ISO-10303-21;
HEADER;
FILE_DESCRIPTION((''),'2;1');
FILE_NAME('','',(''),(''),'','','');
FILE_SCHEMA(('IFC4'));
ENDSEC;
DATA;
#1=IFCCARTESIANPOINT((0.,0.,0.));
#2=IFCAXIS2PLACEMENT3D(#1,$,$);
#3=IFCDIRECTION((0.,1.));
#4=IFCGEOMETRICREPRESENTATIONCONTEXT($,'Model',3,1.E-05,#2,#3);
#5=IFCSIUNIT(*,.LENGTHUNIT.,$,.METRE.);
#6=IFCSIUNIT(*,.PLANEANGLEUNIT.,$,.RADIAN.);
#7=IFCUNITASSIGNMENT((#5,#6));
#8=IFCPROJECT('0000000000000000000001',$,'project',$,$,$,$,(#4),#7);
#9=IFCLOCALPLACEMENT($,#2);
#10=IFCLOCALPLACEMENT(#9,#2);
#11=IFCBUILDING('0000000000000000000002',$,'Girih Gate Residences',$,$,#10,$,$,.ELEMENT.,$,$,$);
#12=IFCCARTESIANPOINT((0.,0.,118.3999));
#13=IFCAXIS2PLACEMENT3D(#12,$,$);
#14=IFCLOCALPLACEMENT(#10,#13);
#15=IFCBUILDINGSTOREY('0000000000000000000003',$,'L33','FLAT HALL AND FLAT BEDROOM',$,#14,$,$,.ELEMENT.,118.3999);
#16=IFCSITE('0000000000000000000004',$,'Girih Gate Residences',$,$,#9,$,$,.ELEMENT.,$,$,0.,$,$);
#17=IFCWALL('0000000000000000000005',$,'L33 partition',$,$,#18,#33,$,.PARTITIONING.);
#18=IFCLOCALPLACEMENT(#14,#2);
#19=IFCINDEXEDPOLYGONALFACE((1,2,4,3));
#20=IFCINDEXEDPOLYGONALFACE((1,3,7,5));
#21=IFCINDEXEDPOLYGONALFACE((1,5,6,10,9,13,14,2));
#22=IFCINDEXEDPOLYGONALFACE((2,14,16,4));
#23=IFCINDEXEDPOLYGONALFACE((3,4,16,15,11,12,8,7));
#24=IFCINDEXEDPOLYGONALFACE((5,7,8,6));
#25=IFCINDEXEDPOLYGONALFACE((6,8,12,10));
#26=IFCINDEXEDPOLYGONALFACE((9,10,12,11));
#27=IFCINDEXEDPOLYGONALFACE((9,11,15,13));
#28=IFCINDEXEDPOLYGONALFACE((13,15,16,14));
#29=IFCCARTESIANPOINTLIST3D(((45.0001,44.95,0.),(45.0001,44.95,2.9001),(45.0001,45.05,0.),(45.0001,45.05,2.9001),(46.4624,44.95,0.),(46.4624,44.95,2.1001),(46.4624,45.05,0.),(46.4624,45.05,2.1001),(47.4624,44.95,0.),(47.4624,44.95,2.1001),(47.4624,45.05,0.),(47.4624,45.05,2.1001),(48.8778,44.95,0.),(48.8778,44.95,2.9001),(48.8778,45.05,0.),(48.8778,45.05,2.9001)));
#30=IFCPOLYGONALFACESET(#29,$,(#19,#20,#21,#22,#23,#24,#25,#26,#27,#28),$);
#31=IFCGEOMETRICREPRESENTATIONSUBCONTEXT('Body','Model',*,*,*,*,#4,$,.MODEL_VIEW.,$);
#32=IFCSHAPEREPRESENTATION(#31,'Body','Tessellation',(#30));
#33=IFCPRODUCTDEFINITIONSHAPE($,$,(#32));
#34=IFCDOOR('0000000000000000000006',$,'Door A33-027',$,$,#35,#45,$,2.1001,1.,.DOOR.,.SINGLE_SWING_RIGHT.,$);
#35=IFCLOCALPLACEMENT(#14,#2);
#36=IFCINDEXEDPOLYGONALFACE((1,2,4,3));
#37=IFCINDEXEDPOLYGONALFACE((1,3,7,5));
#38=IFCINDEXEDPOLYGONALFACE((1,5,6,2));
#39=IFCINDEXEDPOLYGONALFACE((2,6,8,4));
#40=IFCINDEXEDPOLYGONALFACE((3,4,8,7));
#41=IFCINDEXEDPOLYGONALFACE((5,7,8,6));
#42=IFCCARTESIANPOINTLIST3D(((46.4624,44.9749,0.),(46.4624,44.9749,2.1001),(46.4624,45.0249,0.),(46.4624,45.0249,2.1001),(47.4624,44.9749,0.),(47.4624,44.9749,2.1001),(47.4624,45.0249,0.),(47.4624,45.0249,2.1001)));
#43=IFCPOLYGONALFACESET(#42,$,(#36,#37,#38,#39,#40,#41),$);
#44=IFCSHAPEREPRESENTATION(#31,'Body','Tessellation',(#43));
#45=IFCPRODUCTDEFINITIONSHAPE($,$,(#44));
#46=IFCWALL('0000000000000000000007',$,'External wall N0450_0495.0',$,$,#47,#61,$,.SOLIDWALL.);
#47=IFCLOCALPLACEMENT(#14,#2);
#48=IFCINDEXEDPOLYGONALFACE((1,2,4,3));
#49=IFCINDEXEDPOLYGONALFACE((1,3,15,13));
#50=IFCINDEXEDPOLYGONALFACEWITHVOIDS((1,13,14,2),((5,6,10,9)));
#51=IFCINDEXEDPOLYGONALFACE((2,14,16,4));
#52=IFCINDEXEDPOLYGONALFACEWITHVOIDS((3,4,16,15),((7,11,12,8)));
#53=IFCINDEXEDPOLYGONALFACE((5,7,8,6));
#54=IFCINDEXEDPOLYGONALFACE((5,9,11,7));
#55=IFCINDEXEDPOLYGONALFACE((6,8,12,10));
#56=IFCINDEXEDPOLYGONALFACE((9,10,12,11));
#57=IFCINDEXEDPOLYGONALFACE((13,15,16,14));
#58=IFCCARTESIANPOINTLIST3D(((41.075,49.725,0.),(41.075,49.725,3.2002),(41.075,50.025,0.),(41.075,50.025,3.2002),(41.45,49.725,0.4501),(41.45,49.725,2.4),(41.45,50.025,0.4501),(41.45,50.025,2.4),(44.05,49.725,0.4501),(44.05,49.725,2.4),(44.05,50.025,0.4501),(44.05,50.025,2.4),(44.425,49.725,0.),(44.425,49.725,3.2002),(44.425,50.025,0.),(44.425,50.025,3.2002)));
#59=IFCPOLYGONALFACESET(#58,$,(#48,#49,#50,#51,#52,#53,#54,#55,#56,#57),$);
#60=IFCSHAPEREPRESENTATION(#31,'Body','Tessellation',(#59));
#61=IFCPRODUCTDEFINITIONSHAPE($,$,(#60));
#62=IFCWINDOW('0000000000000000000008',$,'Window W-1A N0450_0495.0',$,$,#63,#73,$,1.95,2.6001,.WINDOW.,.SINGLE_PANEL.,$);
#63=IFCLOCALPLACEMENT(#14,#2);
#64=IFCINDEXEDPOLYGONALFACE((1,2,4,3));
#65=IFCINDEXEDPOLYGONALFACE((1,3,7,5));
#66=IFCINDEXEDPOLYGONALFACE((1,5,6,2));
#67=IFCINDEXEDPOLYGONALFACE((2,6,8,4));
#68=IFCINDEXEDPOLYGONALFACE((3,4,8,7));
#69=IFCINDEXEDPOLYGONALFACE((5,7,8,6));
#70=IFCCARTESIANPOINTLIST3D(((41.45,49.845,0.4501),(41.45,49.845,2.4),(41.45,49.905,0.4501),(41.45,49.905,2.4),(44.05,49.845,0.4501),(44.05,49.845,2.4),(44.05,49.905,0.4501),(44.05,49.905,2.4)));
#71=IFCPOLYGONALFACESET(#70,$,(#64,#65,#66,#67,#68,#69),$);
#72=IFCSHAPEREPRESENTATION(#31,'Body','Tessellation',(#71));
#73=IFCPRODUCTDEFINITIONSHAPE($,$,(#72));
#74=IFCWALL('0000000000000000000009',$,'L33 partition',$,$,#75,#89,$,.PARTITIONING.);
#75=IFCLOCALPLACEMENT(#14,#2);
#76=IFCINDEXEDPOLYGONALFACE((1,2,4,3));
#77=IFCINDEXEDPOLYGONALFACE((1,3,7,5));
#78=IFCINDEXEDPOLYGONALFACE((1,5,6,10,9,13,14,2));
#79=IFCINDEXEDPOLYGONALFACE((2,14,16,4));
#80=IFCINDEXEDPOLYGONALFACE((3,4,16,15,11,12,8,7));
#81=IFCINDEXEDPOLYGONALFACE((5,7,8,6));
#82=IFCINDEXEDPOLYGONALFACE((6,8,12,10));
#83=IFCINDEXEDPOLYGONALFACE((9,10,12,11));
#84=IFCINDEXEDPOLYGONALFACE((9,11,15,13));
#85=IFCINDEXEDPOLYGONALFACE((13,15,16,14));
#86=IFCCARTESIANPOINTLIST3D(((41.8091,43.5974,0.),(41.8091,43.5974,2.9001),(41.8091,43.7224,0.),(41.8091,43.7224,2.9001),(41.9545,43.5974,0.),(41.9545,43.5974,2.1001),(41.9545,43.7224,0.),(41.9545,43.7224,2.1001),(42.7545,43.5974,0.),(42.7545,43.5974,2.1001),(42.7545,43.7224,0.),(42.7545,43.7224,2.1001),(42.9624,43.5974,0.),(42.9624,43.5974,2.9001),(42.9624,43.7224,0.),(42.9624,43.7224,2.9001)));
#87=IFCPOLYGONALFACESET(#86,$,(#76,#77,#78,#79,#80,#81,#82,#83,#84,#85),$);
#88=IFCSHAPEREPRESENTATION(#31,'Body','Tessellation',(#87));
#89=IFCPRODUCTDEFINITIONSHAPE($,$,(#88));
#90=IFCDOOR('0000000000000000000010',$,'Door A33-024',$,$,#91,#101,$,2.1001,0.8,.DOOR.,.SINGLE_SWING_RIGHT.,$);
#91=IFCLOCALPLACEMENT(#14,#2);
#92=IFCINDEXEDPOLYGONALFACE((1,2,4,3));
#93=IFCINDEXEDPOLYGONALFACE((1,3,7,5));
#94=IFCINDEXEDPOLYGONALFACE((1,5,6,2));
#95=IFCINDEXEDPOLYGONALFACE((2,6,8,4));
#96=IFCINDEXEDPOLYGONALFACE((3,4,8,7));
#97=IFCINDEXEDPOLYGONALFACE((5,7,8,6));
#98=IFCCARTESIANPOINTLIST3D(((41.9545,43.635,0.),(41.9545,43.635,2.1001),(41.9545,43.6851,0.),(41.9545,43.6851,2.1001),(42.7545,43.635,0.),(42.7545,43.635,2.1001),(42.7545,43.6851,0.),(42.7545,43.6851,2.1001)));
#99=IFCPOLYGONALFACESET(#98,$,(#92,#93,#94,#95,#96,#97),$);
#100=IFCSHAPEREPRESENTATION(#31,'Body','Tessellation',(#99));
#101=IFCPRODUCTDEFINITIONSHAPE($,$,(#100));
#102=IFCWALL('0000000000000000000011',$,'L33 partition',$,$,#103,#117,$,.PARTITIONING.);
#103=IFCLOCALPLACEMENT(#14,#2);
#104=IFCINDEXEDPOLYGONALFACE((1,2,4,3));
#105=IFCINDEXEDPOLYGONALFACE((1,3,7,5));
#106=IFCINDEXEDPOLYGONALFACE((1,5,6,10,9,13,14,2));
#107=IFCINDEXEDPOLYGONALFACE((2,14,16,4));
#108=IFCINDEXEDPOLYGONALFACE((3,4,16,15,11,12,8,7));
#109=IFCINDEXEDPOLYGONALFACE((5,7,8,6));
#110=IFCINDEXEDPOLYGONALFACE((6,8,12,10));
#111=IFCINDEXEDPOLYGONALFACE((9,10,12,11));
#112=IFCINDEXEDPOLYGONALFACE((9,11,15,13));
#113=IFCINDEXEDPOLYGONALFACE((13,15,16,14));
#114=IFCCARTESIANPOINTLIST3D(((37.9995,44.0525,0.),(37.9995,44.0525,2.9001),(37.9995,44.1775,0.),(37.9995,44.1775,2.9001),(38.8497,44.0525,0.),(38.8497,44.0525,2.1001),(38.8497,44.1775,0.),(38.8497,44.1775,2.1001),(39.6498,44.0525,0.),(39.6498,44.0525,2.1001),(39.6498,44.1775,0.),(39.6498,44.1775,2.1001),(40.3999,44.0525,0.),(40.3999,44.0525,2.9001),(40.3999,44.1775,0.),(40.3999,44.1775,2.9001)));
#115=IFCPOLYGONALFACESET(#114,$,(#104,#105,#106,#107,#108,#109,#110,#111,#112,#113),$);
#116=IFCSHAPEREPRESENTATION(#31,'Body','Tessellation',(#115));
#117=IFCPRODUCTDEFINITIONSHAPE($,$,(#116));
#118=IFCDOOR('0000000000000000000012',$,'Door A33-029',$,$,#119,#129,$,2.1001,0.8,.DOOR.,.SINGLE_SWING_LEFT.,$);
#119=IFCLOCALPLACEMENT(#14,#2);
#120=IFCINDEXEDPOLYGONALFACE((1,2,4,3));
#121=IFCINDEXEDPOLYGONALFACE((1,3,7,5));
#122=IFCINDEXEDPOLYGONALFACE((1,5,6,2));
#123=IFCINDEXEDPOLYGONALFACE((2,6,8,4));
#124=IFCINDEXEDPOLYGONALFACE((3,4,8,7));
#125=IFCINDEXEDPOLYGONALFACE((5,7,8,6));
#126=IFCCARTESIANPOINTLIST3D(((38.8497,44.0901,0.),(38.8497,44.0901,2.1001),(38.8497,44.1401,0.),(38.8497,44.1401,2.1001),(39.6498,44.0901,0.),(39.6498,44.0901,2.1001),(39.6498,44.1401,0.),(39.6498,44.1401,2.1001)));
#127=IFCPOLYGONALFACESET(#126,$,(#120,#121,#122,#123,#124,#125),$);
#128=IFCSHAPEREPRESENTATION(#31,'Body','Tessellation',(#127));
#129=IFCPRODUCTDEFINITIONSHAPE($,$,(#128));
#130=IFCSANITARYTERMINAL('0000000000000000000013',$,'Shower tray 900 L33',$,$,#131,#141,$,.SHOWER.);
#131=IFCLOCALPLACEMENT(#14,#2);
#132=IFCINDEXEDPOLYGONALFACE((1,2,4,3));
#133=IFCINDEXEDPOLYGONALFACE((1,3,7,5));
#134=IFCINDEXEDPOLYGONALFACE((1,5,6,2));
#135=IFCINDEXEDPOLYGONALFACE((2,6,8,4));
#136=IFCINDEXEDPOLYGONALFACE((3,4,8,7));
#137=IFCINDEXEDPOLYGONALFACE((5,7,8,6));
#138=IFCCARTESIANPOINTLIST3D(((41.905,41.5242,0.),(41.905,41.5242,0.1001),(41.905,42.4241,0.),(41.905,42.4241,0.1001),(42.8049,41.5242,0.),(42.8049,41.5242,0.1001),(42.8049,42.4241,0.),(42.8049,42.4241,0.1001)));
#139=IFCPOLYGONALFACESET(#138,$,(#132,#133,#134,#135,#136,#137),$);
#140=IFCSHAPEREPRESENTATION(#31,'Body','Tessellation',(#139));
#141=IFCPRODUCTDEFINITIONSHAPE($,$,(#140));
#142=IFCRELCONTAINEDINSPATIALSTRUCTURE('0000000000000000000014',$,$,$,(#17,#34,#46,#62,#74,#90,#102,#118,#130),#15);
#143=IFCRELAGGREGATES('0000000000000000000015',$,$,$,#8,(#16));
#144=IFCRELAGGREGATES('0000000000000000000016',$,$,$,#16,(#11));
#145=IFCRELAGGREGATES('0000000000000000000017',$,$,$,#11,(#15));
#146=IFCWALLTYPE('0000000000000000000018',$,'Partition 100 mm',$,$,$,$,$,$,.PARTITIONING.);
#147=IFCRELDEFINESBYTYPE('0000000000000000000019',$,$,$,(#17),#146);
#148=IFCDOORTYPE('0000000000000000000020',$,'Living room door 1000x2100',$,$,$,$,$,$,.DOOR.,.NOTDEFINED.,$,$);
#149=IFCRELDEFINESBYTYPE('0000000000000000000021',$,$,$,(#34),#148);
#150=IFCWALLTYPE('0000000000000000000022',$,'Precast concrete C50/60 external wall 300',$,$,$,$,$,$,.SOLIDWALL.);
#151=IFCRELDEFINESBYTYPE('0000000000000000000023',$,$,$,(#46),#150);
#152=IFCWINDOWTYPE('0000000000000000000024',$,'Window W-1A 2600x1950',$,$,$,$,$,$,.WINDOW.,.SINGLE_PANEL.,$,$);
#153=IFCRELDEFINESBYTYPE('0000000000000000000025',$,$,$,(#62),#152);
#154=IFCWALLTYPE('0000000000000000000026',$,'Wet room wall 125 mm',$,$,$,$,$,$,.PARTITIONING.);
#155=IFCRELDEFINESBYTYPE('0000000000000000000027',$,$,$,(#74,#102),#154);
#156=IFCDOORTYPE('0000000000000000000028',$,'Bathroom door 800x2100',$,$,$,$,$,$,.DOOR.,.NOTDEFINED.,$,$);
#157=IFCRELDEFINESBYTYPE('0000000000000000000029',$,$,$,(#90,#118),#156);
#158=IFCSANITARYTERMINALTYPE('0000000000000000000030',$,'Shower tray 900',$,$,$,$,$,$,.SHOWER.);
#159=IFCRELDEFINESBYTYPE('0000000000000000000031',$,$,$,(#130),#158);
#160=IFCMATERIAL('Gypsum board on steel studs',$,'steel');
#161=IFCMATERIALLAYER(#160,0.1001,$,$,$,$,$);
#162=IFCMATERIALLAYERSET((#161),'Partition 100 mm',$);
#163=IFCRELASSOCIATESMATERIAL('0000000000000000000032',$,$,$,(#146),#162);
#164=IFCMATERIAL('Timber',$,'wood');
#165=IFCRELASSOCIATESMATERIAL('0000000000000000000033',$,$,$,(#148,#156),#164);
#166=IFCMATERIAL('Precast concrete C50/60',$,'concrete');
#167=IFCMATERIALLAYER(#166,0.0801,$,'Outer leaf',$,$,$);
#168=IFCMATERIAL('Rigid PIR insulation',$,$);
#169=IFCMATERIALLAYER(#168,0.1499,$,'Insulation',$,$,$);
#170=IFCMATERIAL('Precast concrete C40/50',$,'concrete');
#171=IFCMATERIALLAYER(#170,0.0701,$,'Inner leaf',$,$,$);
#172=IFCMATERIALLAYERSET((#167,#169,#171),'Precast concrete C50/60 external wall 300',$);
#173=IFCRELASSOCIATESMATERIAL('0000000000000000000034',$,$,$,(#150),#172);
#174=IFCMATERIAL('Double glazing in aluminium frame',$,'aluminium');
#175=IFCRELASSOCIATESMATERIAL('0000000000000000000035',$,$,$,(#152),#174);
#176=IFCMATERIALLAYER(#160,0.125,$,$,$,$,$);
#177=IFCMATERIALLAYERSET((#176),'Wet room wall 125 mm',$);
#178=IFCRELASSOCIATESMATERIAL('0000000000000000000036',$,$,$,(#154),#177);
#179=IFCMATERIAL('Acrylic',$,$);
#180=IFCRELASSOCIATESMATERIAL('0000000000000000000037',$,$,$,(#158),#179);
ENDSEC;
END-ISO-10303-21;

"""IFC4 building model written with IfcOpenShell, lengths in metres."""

from ifc_helpers import new_model, si_unit, direction, frame, frame_2d, origin, origin_2d, place, context, subcontext, project, spatial, rectangle, extrude, material, layer, layer_set, type_object, element, fill, save


model = new_model("IFC4")

# Units and contexts
model_context = context("Model", 3, precision=1e-05, world=origin(), true_north=direction((0.0, 1.0)))
body_context = subcontext(model_context, "Body", "Model", "MODEL_VIEW")
ifc_project = project(units=[si_unit("LENGTHUNIT", "METRE"), si_unit("PLANEANGLEUNIT", "RADIAN")], contexts=[model_context])

# Site, building, storey
site_placement = place(None, origin())
site = spatial("IfcSite", under=ifc_project, at=site_placement, Name="Girih Gate Residences", CompositionType="ELEMENT", RefElevation=0.0)
building_placement = place(site_placement, origin())
building = spatial("IfcBuilding", under=site, at=building_placement, Name="Girih Gate Residences", CompositionType="ELEMENT")
storey_placement = place(building_placement, frame((0.0, 0.0, 118.3999)))
storey = spatial("IfcBuildingStorey", under=building, at=storey_placement, Name="L33", Description="FLAT HALL AND FLAT BEDROOM", CompositionType="ELEMENT", Elevation=118.3999)

# Shared definitions
ifc_material_1 = material(Name="Gypsum board on steel studs", Category="steel")
ifc_layer_1 = layer(ifc_material_1, 0.1001)
ifc_layer_set_1 = layer_set([ifc_layer_1], Name="Partition 100 mm")
wall_type_1 = type_object("IfcWallType", Name="Partition 100 mm", PredefinedType="PARTITIONING", material=ifc_layer_set_1)
ifc_material_2 = material(Name="Timber", Category="wood")

# Wall, opening, door
wall_1_placement = place(storey_placement, frame((45.0, 45.0, 0.0), z_axis=(0.0, 0.0, 1.0), x_axis=(1.0, 0.0, 0.0)))
wall_1 = element("IfcWall", 1, at=wall_1_placement, inside=storey, type_object=wall_type_1, Name="L33 partition", PredefinedType="PARTITIONING", context=body_context, shape_type="SweptSolid", body=[
    extrude(rectangle(XDim=3.8777, YDim=0.1001, at=frame_2d((1.939, 0.0))), origin(), (0.0, 0.0, 1.0), 2.9001),
])
opening_1_placement = place(wall_1_placement, frame((1.4624, 0.0, 0.0)))
opening_1 = element("IfcOpeningElement", 2, at=opening_1_placement, cuts=wall_1, PredefinedType="OPENING", context=body_context, shape_type="SweptSolid", body=[
    extrude(rectangle(XDim=1.0, YDim=2.1001, at=frame_2d((0.5, 1.05))), frame((0.0, 0.0601, 0.0), z_axis=(0.0, -1.0, 0.0), x_axis=(1.0, 0.0, 0.0)), (0.0, 0.0, 1.0), 0.1201),
])
door_type_1 = type_object("IfcDoorType", Name="Living room door 1000x2100", OperationType="NOTDEFINED", PredefinedType="DOOR", material=ifc_material_2)
door_1_placement = place(opening_1_placement, origin())
door_1 = element("IfcDoor", 3, at=door_1_placement, inside=storey, type_object=door_type_1, Name="Door A33-027", OperationType="SINGLE_SWING_RIGHT", OverallHeight=2.1001, OverallWidth=1.0, PredefinedType="DOOR", context=body_context, shape_type="SweptSolid", body=[
    extrude(rectangle(XDim=1.0, YDim=2.1001, at=frame_2d((0.5, 1.05))), frame((0.0, 0.0249, 0.0), z_axis=(0.0, -1.0, 0.0), x_axis=(1.0, 0.0, 0.0)), (0.0, 0.0, 1.0), 0.05),
])
fill(opening_1, door_1)

# Wall, opening, window
ifc_material_3 = material(Name="Precast concrete C50/60", Category="concrete")
ifc_layer_2 = layer(ifc_material_3, 0.0801, Name="Outer leaf")
ifc_material_4 = material(Name="Rigid PIR insulation")
ifc_layer_3 = layer(ifc_material_4, 0.1499, Name="Insulation")
ifc_material_5 = material(Name="Precast concrete C40/50", Category="concrete")
ifc_layer_4 = layer(ifc_material_5, 0.0701, Name="Inner leaf")
ifc_layer_set_2 = layer_set([ifc_layer_2, ifc_layer_3, ifc_layer_4], Name="Precast concrete C50/60 external wall 300")
wall_type_2 = type_object("IfcWallType", Name="Precast concrete C50/60 external wall 300", PredefinedType="SOLIDWALL", material=ifc_layer_set_2)
wall_2_placement = place(storey_placement, frame((41.075, 49.875, 0.0), z_axis=(0.0, 0.0, 1.0), x_axis=(1.0, 0.0, 0.0)))
wall_2 = element("IfcWall", 4, at=wall_2_placement, inside=storey, type_object=wall_type_2, Name="External wall N0450_0495.0", PredefinedType="SOLIDWALL", context=body_context, shape_type="SweptSolid", body=[
    extrude(rectangle(XDim=3.3501, YDim=0.3, at=frame_2d((1.675, 0.0))), origin(), (0.0, 0.0, 1.0), 3.2002),
])
opening_2_placement = place(wall_2_placement, frame((0.375, 0.0, 0.45)))
opening_2 = element("IfcOpeningElement", 5, at=opening_2_placement, cuts=wall_2, PredefinedType="OPENING", context=body_context, shape_type="SweptSolid", body=[
    extrude(rectangle(XDim=2.6001, YDim=1.95, at=frame_2d((1.3, 0.9751))), frame((0.0, 0.1599, 0.0), z_axis=(0.0, -1.0, 0.0), x_axis=(1.0, 0.0, 0.0)), (0.0, 0.0, 1.0), 0.3201),
])
ifc_material_6 = material(Name="Double glazing in aluminium frame", Category="aluminium")
window_type = type_object("IfcWindowType", Name="Window W-1A 2600x1950", PartitioningType="SINGLE_PANEL", PredefinedType="WINDOW", material=ifc_material_6)
window_placement = place(opening_2_placement, origin())
window = element("IfcWindow", 6, at=window_placement, inside=storey, type_object=window_type, Name="Window W-1A N0450_0495.0", OverallHeight=1.95, OverallWidth=2.6001, PartitioningType="SINGLE_PANEL", PredefinedType="WINDOW", context=body_context, shape_type="SweptSolid", body=[
    extrude(rectangle(XDim=2.6001, YDim=1.95, at=frame_2d((1.3, 0.9751))), frame((0.0, 0.03, 0.0), z_axis=(0.0, -1.0, 0.0), x_axis=(1.0, 0.0, 0.0)), (0.0, 0.0, 1.0), 0.0601),
])
fill(opening_2, window)

# Walls, openings, doors
ifc_layer_5 = layer(ifc_material_1, 0.125)
ifc_layer_set_3 = layer_set([ifc_layer_5], Name="Wet room wall 125 mm")
wall_type_3 = type_object("IfcWallType", Name="Wet room wall 125 mm", PredefinedType="PARTITIONING", material=ifc_layer_set_3)
wall_3_placement = place(storey_placement, frame((42.9624, 43.6599, 0.0), z_axis=(0.0, 0.0, 1.0), x_axis=(-1.0, 0.0, 0.0)))
wall_3 = element("IfcWall", 7, at=wall_3_placement, inside=storey, type_object=wall_type_3, Name="L33 partition", PredefinedType="PARTITIONING", context=body_context, shape_type="SweptSolid", body=[
    extrude(rectangle(XDim=1.1533, YDim=0.125, at=frame_2d((0.5767, 0.0))), origin(), (0.0, 0.0, 1.0), 2.9001),
])
opening_3_placement = place(wall_3_placement, frame((0.208, 0.0, 0.0)))
opening_3 = element("IfcOpeningElement", 8, at=opening_3_placement, cuts=wall_3, PredefinedType="OPENING", context=body_context, shape_type="SweptSolid", body=[
    extrude(rectangle(XDim=0.8, YDim=2.1001, at=frame_2d((0.3999, 1.05))), frame((0.0, 0.0725, 0.0), z_axis=(0.0, -1.0, 0.0), x_axis=(1.0, 0.0, 0.0)), (0.0, 0.0, 1.0), 0.145),
])
door_type_2 = type_object("IfcDoorType", Name="Bathroom door 800x2100", OperationType="NOTDEFINED", PredefinedType="DOOR", material=ifc_material_2)
door_2_placement = place(opening_3_placement, origin())
door_2 = element("IfcDoor", 9, at=door_2_placement, inside=storey, type_object=door_type_2, Name="Door A33-024", OperationType="SINGLE_SWING_RIGHT", OverallHeight=2.1001, OverallWidth=0.8, PredefinedType="DOOR", context=body_context, shape_type="SweptSolid", body=[
    extrude(rectangle(XDim=0.8, YDim=2.1001, at=frame_2d((0.3999, 1.05))), frame((0.0, 0.0249, 0.0), z_axis=(0.0, -1.0, 0.0), x_axis=(1.0, 0.0, 0.0)), (0.0, 0.0, 1.0), 0.05),
])
fill(opening_3, door_2)
wall_4_placement = place(storey_placement, frame((40.3999, 44.115, 0.0), z_axis=(0.0, 0.0, 1.0), x_axis=(-1.0, 0.0, 0.0)))
wall_4 = element("IfcWall", 10, at=wall_4_placement, inside=storey, type_object=wall_type_3, Name="L33 partition", PredefinedType="PARTITIONING", context=body_context, shape_type="SweptSolid", body=[
    extrude(rectangle(XDim=2.4004, YDim=0.125, at=frame_2d((1.2002, 0.0))), origin(), (0.0, 0.0, 1.0), 2.9001),
])
opening_4_placement = place(wall_4_placement, frame((0.7502, 0.0, 0.0)))
opening_4 = element("IfcOpeningElement", 11, at=opening_4_placement, cuts=wall_4, PredefinedType="OPENING", context=body_context, shape_type="SweptSolid", body=[
    extrude(rectangle(XDim=0.8, YDim=2.1001, at=frame_2d((0.3999, 1.05))), frame((0.0, 0.0725, 0.0), z_axis=(0.0, -1.0, 0.0), x_axis=(1.0, 0.0, 0.0)), (0.0, 0.0, 1.0), 0.145),
])
door_3_placement = place(opening_4_placement, origin())
door_3 = element("IfcDoor", 12, at=door_3_placement, inside=storey, type_object=door_type_2, Name="Door A33-029", OperationType="SINGLE_SWING_LEFT", OverallHeight=2.1001, OverallWidth=0.8, PredefinedType="DOOR", context=body_context, shape_type="SweptSolid", body=[
    extrude(rectangle(XDim=0.8, YDim=2.1001, at=frame_2d((0.3999, 1.05))), frame((0.0, 0.0249, 0.0), z_axis=(0.0, -1.0, 0.0), x_axis=(1.0, 0.0, 0.0)), (0.0, 0.0, 1.0), 0.05),
])
fill(opening_4, door_3)

# Sanitary terminal
ifc_material_7 = material(Name="Acrylic")
sanitary_terminal_type = type_object("IfcSanitaryTerminalType", Name="Shower tray 900", PredefinedType="SHOWER", material=ifc_material_7)
sanitary_terminal_placement = place(storey_placement, frame((42.355, 41.9741, 0.0), z_axis=(0.0, 0.0, 1.0), x_axis=(1.0, 0.0, 0.0)))
element("IfcSanitaryTerminal", 13, at=sanitary_terminal_placement, inside=storey, type_object=sanitary_terminal_type, Name="Shower tray 900 L33", PredefinedType="SHOWER", context=body_context, shape_type="SweptSolid", body=[
    extrude(rectangle(XDim=0.8999, YDim=0.8999, at=origin_2d()), origin(), (0.0, 0.0, 1.0), 0.1001),
])

save(model, "model.ifc")
